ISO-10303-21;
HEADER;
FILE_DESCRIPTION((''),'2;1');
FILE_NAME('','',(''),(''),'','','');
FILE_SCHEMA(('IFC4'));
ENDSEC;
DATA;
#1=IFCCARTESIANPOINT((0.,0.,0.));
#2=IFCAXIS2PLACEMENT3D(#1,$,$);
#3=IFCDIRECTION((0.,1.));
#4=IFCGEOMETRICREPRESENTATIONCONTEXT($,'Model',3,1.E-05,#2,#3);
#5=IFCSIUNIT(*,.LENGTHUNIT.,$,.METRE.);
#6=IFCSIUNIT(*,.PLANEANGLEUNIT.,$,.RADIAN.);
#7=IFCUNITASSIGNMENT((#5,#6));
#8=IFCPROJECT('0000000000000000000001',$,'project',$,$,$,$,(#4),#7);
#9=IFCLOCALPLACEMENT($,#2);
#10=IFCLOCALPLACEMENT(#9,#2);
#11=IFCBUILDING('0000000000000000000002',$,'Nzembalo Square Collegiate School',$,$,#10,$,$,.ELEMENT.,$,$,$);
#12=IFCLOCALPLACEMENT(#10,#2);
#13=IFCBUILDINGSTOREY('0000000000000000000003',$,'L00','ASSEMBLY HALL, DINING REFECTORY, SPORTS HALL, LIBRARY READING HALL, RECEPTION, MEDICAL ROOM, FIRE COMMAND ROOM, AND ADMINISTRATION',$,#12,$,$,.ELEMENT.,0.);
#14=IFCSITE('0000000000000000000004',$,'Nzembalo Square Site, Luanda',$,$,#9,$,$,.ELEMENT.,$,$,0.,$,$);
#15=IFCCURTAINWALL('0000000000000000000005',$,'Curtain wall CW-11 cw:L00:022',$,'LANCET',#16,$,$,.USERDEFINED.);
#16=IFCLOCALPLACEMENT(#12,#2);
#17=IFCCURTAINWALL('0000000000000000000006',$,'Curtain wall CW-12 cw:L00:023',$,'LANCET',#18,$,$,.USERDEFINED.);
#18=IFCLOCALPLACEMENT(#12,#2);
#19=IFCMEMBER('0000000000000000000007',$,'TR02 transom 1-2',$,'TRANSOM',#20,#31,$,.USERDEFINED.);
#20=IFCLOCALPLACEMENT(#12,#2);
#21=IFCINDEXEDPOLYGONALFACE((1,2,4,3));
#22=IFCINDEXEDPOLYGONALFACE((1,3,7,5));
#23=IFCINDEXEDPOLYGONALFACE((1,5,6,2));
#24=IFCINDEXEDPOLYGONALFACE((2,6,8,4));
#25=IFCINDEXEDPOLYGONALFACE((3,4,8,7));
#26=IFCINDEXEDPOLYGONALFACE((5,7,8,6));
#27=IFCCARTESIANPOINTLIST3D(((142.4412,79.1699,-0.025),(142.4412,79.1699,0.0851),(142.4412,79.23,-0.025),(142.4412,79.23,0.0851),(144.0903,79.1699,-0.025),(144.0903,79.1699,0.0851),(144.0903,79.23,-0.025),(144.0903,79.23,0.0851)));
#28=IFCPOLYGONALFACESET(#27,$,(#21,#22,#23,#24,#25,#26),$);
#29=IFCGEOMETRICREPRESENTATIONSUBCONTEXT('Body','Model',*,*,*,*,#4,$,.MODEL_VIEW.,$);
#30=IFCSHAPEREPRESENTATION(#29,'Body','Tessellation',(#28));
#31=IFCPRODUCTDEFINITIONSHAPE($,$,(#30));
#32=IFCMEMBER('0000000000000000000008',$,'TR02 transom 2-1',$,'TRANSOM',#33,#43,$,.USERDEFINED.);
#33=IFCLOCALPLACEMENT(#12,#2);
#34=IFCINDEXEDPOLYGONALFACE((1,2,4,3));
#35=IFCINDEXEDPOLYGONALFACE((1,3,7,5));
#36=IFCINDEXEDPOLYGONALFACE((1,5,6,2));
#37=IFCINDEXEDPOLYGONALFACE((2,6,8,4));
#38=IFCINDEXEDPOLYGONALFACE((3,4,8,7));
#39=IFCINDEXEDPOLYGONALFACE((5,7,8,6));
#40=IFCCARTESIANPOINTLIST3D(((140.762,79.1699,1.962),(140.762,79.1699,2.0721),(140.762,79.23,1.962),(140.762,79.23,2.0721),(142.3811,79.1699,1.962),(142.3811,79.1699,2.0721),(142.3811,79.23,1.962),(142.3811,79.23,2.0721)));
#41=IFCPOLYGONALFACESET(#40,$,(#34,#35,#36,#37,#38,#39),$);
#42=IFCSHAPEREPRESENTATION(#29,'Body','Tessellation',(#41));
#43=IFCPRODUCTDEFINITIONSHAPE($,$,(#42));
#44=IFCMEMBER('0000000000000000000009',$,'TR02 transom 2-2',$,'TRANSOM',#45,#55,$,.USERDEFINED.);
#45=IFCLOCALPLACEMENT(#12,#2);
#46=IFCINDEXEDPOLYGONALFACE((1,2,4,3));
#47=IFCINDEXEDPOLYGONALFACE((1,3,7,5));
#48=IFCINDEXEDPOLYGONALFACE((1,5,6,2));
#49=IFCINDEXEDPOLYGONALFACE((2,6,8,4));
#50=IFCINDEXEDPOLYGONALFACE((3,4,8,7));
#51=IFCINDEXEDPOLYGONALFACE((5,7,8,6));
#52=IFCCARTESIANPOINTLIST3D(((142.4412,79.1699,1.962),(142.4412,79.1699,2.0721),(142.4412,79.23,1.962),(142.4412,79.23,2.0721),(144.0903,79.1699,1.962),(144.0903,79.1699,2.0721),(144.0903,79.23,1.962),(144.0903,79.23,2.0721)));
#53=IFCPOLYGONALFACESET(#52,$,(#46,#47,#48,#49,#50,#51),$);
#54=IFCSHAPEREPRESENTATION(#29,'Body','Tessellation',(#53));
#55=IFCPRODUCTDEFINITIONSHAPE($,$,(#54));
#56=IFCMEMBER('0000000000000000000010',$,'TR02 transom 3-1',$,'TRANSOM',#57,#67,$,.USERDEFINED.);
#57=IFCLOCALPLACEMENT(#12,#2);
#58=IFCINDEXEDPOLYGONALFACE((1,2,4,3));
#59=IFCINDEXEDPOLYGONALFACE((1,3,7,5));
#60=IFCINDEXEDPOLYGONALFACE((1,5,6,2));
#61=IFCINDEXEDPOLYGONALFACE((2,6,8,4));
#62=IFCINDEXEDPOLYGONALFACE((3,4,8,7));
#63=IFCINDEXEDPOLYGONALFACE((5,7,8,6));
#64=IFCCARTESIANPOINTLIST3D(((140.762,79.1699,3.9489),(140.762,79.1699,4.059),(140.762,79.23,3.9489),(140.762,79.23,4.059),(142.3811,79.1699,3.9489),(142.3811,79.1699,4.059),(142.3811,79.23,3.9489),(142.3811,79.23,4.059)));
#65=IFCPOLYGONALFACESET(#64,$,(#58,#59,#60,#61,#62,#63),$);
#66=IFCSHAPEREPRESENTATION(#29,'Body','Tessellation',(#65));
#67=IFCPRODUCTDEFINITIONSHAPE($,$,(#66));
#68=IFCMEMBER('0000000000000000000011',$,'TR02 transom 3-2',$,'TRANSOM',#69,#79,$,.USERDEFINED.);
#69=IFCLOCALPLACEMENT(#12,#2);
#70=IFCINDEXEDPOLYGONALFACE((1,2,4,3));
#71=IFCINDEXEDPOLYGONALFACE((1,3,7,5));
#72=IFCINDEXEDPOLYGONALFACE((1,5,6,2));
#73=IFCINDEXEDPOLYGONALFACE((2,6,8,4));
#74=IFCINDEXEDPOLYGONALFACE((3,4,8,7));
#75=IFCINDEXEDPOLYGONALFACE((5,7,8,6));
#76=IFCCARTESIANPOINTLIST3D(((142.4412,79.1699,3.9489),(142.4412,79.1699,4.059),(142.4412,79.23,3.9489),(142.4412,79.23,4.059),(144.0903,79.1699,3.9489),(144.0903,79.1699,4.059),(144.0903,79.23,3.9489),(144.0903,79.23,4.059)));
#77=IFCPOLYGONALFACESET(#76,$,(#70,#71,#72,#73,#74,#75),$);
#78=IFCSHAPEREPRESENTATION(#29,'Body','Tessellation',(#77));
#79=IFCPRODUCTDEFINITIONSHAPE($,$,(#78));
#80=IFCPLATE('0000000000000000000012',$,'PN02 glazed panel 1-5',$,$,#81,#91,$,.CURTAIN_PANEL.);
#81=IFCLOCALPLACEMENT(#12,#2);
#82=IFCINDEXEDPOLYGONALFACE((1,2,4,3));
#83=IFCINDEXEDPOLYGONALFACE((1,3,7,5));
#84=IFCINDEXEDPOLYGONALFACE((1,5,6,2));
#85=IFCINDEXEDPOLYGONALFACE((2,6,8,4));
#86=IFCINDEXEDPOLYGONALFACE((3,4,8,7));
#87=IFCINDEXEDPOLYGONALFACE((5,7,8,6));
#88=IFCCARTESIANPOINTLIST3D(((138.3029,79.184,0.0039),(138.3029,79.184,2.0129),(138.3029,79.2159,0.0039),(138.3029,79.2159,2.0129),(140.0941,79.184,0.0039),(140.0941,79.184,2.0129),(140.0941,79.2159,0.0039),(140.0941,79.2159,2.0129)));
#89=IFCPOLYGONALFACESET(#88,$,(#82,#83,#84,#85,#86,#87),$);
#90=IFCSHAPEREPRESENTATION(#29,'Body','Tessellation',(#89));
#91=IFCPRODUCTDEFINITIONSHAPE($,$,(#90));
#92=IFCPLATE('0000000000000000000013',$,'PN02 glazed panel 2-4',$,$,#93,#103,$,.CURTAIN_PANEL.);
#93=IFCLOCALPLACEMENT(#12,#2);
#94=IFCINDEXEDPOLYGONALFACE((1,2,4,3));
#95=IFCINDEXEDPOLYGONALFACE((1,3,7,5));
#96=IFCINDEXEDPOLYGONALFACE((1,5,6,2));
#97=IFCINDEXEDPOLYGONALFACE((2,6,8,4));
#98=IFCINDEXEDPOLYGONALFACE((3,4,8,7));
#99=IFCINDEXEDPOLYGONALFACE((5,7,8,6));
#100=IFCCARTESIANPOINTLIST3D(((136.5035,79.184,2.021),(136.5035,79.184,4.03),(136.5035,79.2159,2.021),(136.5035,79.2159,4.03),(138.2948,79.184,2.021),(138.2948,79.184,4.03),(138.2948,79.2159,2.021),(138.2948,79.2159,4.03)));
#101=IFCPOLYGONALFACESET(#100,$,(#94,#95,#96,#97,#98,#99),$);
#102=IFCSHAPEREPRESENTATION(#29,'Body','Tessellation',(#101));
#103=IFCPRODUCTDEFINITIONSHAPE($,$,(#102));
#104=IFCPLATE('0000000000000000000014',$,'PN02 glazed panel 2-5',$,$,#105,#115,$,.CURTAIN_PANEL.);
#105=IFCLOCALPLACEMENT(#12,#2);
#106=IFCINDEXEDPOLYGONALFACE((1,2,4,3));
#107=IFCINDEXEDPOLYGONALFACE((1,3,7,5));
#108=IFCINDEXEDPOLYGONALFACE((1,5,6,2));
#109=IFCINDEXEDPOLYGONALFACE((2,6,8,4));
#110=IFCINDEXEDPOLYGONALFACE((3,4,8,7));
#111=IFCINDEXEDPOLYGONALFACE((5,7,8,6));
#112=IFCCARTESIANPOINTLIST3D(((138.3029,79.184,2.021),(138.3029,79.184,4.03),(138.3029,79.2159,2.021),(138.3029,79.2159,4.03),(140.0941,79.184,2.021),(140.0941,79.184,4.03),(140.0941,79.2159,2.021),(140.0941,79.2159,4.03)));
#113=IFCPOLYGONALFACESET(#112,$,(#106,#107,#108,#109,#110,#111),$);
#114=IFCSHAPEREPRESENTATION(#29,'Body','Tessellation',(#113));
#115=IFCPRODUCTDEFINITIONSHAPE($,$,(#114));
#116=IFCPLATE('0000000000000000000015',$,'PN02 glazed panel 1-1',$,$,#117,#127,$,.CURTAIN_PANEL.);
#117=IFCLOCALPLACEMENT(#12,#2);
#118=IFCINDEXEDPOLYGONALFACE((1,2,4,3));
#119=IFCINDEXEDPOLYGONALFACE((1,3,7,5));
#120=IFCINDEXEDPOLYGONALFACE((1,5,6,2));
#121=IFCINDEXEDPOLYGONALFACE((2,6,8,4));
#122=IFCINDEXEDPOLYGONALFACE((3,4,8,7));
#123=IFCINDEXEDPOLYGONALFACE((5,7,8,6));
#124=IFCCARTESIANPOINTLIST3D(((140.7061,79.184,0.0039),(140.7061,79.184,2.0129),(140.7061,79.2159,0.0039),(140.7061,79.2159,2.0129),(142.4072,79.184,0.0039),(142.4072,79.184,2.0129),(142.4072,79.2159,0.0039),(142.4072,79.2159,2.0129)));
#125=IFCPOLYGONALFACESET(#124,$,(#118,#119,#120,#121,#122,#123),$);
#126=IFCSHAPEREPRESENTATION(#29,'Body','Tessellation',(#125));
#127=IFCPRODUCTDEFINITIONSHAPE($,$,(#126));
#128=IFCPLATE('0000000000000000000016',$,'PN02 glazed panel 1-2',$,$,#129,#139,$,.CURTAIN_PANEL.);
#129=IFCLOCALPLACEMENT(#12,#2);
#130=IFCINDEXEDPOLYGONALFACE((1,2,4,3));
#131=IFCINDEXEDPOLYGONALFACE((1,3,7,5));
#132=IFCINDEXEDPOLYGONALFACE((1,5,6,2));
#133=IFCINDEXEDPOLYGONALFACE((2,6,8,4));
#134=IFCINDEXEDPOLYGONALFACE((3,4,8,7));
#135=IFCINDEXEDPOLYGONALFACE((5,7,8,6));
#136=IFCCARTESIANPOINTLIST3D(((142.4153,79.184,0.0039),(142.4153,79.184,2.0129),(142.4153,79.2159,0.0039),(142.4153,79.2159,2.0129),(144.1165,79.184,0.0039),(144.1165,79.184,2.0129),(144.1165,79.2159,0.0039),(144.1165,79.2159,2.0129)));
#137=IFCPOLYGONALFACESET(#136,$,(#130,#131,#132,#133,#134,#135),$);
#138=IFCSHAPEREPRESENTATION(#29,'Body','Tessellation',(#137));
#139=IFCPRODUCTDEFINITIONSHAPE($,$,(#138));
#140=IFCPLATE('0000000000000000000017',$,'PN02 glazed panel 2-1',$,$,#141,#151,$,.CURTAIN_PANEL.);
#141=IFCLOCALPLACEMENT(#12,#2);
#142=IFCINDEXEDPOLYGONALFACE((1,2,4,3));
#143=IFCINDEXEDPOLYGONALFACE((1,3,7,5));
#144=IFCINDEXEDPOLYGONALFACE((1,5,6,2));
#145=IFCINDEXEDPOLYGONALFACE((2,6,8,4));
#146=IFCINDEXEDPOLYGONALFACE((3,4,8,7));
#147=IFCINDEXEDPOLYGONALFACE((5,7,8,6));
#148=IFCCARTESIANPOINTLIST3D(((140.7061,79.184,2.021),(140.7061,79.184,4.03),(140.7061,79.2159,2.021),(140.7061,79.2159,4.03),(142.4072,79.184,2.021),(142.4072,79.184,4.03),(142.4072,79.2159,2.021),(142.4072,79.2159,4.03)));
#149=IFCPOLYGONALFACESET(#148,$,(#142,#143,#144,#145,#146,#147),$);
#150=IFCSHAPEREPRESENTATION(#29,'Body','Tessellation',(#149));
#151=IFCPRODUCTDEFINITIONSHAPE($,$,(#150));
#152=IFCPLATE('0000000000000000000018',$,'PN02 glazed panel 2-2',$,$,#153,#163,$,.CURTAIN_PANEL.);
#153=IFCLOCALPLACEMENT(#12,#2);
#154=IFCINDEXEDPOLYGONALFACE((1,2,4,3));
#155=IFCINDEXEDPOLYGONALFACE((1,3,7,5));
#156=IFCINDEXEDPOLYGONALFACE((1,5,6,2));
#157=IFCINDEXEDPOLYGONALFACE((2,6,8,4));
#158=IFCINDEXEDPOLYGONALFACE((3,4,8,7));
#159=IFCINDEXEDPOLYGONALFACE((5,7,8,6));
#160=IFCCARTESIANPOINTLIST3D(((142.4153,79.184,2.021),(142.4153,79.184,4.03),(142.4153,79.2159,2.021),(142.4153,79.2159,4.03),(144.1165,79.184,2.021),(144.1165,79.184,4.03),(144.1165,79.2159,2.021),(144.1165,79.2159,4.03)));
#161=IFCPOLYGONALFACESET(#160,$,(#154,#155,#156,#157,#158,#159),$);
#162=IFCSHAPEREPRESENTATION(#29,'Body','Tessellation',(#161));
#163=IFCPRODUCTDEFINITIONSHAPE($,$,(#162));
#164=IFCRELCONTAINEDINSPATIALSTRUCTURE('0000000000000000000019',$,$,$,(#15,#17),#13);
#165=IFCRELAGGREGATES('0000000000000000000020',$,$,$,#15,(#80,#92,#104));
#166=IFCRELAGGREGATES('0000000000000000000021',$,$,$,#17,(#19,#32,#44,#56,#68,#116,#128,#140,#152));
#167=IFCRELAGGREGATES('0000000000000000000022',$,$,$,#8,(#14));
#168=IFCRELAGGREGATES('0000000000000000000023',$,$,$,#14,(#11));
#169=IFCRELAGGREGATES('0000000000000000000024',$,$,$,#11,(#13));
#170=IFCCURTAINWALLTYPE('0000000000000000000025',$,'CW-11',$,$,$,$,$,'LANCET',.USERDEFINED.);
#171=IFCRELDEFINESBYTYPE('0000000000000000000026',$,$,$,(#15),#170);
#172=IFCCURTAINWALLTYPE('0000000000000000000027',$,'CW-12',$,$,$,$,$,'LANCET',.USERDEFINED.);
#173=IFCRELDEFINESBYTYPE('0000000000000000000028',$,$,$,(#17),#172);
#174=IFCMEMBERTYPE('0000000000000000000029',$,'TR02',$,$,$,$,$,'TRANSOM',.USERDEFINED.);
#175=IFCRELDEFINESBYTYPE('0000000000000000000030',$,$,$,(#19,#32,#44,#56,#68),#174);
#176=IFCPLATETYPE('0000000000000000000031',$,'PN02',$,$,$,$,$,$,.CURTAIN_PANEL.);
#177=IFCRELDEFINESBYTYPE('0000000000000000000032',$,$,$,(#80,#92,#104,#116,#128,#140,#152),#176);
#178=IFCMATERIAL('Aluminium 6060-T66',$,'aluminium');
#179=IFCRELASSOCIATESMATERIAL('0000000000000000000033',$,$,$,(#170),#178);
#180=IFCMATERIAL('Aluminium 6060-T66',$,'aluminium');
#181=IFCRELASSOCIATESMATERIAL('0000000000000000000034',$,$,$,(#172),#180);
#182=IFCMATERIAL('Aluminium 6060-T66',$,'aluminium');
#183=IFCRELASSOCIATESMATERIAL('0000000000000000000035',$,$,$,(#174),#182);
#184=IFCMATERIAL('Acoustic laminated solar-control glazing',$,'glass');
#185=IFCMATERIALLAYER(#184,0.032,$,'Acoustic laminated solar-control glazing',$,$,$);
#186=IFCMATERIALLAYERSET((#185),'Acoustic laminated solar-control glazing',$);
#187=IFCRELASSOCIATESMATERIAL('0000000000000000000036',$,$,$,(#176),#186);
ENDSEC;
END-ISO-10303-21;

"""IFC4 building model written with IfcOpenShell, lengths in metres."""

from ifc_helpers import new_model, si_unit, direction, frame, origin, origin_2d, place, context, subcontext, project, spatial, rectangle, extrude, material, layer, layer_set, material_profile, profile_set, type_object, element, aggregate, save


model = new_model("IFC4")

# Units and contexts
model_context = context("Model", 3, precision=1e-05, world=origin(), true_north=direction((0.0, 1.0)))
body_context = subcontext(model_context, "Body", "Model", "MODEL_VIEW")
ifc_project = project(units=[si_unit("LENGTHUNIT", "METRE"), si_unit("PLANEANGLEUNIT", "RADIAN")], contexts=[model_context])

# Site, building, storey
site_placement = place(None, origin())
site = spatial("IfcSite", under=ifc_project, at=site_placement, Name="Nzembalo Square Site, Luanda", CompositionType="ELEMENT", RefElevation=0.0)
building_placement = place(site_placement, origin())
building = spatial("IfcBuilding", under=site, at=building_placement, Name="Nzembalo Square Collegiate School", CompositionType="ELEMENT")
storey_placement = place(building_placement, origin())
storey = spatial("IfcBuildingStorey", under=building, at=storey_placement, Name="L00", Description="ASSEMBLY HALL, DINING REFECTORY, SPORTS HALL, LIBRARY READING HALL, RECEPTION, MEDICAL ROOM, FIRE COMMAND ROOM, AND ADMINISTRATION", CompositionType="ELEMENT", Elevation=0.0)

# Curtain walls
ifc_material_1 = material(Name="Aluminium 6060-T66", Category="aluminium")
curtain_wall_type_1 = type_object("IfcCurtainWallType", Name="CW-11", ElementType="LANCET", PredefinedType="USERDEFINED", material=ifc_material_1)
curtain_wall_1_placement = place(storey_placement, origin())
curtain_wall_1 = element("IfcCurtainWall", 1, at=curtain_wall_1_placement, inside=storey, type_object=curtain_wall_type_1, Name="Curtain wall CW-11 cw:L00:022", ObjectType="LANCET", PredefinedType="USERDEFINED")
ifc_material_2 = material(Name="Aluminium 6060-T66", Category="aluminium")
curtain_wall_type_2 = type_object("IfcCurtainWallType", Name="CW-12", ElementType="LANCET", PredefinedType="USERDEFINED", material=ifc_material_2)
curtain_wall_2_placement = place(storey_placement, origin())
curtain_wall_2 = element("IfcCurtainWall", 2, at=curtain_wall_2_placement, inside=storey, type_object=curtain_wall_type_2, Name="Curtain wall CW-12 cw:L00:023", ObjectType="LANCET", PredefinedType="USERDEFINED")

# Members
ifc_material_3 = material(Name="Aluminium 6060-T66", Category="aluminium")
ifc_material_profile_1 = material_profile(ifc_material_3, rectangle(XDim=0.0601, YDim=0.1101, at=origin_2d()), Name="ALU T60x110")
ifc_profile_set_1 = profile_set([ifc_material_profile_1], Name="Aluminium 6060-T66")
member_type_1 = type_object("IfcMemberType", Name="TR02", ElementType="TRANSOM", PredefinedType="USERDEFINED", material=ifc_profile_set_1)
member_1_placement = place(storey_placement, frame((142.4412, 79.2, 0.03), z_axis=(1.0, 0.0, 0.0), x_axis=(0.0, 1.0, 0.0)))
member_1 = element("IfcMember", 3, at=member_1_placement, type_object=member_type_1, Name="TR02 transom 1-2", ObjectType="TRANSOM", PredefinedType="USERDEFINED", context=body_context, shape_type="SweptSolid", body=[
    extrude(rectangle(XDim=0.0601, YDim=0.1101, at=origin_2d()), origin(), (0.0, 0.0, 1.0), 1.6492),
])
member_2_placement = place(storey_placement, frame((140.762, 79.2, 2.0171), z_axis=(1.0, 0.0, 0.0), x_axis=(0.0, 1.0, 0.0)))
member_2 = element("IfcMember", 4, at=member_2_placement, type_object=member_type_1, Name="TR02 transom 2-1", ObjectType="TRANSOM", PredefinedType="USERDEFINED", context=body_context, shape_type="SweptSolid", body=[
    extrude(rectangle(XDim=0.0601, YDim=0.1101, at=origin_2d()), origin(), (0.0, 0.0, 1.0), 1.6191),
])
member_3_placement = place(storey_placement, frame((142.4412, 79.2, 2.0171), z_axis=(1.0, 0.0, 0.0), x_axis=(0.0, 1.0, 0.0)))
member_3 = element("IfcMember", 5, at=member_3_placement, type_object=member_type_1, Name="TR02 transom 2-2", ObjectType="TRANSOM", PredefinedType="USERDEFINED", context=body_context, shape_type="SweptSolid", body=[
    extrude(rectangle(XDim=0.0601, YDim=0.1101, at=origin_2d()), origin(), (0.0, 0.0, 1.0), 1.6492),
])
member_4_placement = place(storey_placement, frame((140.762, 79.2, 4.0039), z_axis=(1.0, 0.0, 0.0), x_axis=(0.0, 1.0, 0.0)))
member_4 = element("IfcMember", 6, at=member_4_placement, type_object=member_type_1, Name="TR02 transom 3-1", ObjectType="TRANSOM", PredefinedType="USERDEFINED", context=body_context, shape_type="SweptSolid", body=[
    extrude(rectangle(XDim=0.0601, YDim=0.1101, at=origin_2d()), origin(), (0.0, 0.0, 1.0), 1.6191),
])
member_5_placement = place(storey_placement, frame((142.4412, 79.2, 4.0039), z_axis=(1.0, 0.0, 0.0), x_axis=(0.0, 1.0, 0.0)))
member_5 = element("IfcMember", 7, at=member_5_placement, type_object=member_type_1, Name="TR02 transom 3-2", ObjectType="TRANSOM", PredefinedType="USERDEFINED", context=body_context, shape_type="SweptSolid", body=[
    extrude(rectangle(XDim=0.0601, YDim=0.1101, at=origin_2d()), origin(), (0.0, 0.0, 1.0), 1.6492),
])

# Plates
ifc_material_4 = material(Name="Acoustic laminated solar-control glazing", Category="glass")
ifc_layer = layer(ifc_material_4, 0.032, Name="Acoustic laminated solar-control glazing")
ifc_layer_set = layer_set([ifc_layer], Name="Acoustic laminated solar-control glazing")
plate_type = type_object("IfcPlateType", Name="PN02", PredefinedType="CURTAIN_PANEL", material=ifc_layer_set)
plate_1_placement = place(storey_placement, frame((139.1985, 79.2, 0.0039), z_axis=(0.0, 0.0, 1.0), x_axis=(1.0, 0.0, 0.0)))
plate_1 = element("IfcPlate", 8, at=plate_1_placement, type_object=plate_type, Name="PN02 glazed panel 1-5", PredefinedType="CURTAIN_PANEL", context=body_context, shape_type="SweptSolid", body=[
    extrude(rectangle(XDim=1.7913, YDim=0.032, at=origin_2d()), origin(), (0.0, 0.0, 1.0), 2.009),
])
plate_2_placement = place(storey_placement, frame((137.3992, 79.2, 2.021), z_axis=(0.0, 0.0, 1.0), x_axis=(1.0, 0.0, 0.0)))
plate_2 = element("IfcPlate", 9, at=plate_2_placement, type_object=plate_type, Name="PN02 glazed panel 2-4", PredefinedType="CURTAIN_PANEL", context=body_context, shape_type="SweptSolid", body=[
    extrude(rectangle(XDim=1.7913, YDim=0.032, at=origin_2d()), origin(), (0.0, 0.0, 1.0), 2.009),
])
plate_3_placement = place(storey_placement, frame((139.1985, 79.2, 2.021), z_axis=(0.0, 0.0, 1.0), x_axis=(1.0, 0.0, 0.0)))
plate_3 = element("IfcPlate", 10, at=plate_3_placement, type_object=plate_type, Name="PN02 glazed panel 2-5", PredefinedType="CURTAIN_PANEL", context=body_context, shape_type="SweptSolid", body=[
    extrude(rectangle(XDim=1.7913, YDim=0.032, at=origin_2d()), origin(), (0.0, 0.0, 1.0), 2.009),
])
aggregate(curtain_wall_1, [plate_1, plate_2, plate_3])
plate_4_placement = place(storey_placement, frame((141.5566, 79.2, 0.0039), z_axis=(0.0, 0.0, 1.0), x_axis=(1.0, 0.0, 0.0)))
plate_4 = element("IfcPlate", 11, at=plate_4_placement, type_object=plate_type, Name="PN02 glazed panel 1-1", PredefinedType="CURTAIN_PANEL", context=body_context, shape_type="SweptSolid", body=[
    extrude(rectangle(XDim=1.7012, YDim=0.032, at=origin_2d()), origin(), (0.0, 0.0, 1.0), 2.009),
])
plate_5_placement = place(storey_placement, frame((143.2659, 79.2, 0.0039), z_axis=(0.0, 0.0, 1.0), x_axis=(1.0, 0.0, 0.0)))
plate_5 = element("IfcPlate", 12, at=plate_5_placement, type_object=plate_type, Name="PN02 glazed panel 1-2", PredefinedType="CURTAIN_PANEL", context=body_context, shape_type="SweptSolid", body=[
    extrude(rectangle(XDim=1.7012, YDim=0.032, at=origin_2d()), origin(), (0.0, 0.0, 1.0), 2.009),
])
plate_6_placement = place(storey_placement, frame((141.5566, 79.2, 2.021), z_axis=(0.0, 0.0, 1.0), x_axis=(1.0, 0.0, 0.0)))
plate_6 = element("IfcPlate", 13, at=plate_6_placement, type_object=plate_type, Name="PN02 glazed panel 2-1", PredefinedType="CURTAIN_PANEL", context=body_context, shape_type="SweptSolid", body=[
    extrude(rectangle(XDim=1.7012, YDim=0.032, at=origin_2d()), origin(), (0.0, 0.0, 1.0), 2.009),
])
plate_7_placement = place(storey_placement, frame((143.2659, 79.2, 2.021), z_axis=(0.0, 0.0, 1.0), x_axis=(1.0, 0.0, 0.0)))
plate_7 = element("IfcPlate", 14, at=plate_7_placement, type_object=plate_type, Name="PN02 glazed panel 2-2", PredefinedType="CURTAIN_PANEL", context=body_context, shape_type="SweptSolid", body=[
    extrude(rectangle(XDim=1.7012, YDim=0.032, at=origin_2d()), origin(), (0.0, 0.0, 1.0), 2.009),
])
aggregate(curtain_wall_2, [member_1, member_2, member_3, member_4, member_5, plate_4, plate_5, plate_6, plate_7])

save(model, "model.ifc")
